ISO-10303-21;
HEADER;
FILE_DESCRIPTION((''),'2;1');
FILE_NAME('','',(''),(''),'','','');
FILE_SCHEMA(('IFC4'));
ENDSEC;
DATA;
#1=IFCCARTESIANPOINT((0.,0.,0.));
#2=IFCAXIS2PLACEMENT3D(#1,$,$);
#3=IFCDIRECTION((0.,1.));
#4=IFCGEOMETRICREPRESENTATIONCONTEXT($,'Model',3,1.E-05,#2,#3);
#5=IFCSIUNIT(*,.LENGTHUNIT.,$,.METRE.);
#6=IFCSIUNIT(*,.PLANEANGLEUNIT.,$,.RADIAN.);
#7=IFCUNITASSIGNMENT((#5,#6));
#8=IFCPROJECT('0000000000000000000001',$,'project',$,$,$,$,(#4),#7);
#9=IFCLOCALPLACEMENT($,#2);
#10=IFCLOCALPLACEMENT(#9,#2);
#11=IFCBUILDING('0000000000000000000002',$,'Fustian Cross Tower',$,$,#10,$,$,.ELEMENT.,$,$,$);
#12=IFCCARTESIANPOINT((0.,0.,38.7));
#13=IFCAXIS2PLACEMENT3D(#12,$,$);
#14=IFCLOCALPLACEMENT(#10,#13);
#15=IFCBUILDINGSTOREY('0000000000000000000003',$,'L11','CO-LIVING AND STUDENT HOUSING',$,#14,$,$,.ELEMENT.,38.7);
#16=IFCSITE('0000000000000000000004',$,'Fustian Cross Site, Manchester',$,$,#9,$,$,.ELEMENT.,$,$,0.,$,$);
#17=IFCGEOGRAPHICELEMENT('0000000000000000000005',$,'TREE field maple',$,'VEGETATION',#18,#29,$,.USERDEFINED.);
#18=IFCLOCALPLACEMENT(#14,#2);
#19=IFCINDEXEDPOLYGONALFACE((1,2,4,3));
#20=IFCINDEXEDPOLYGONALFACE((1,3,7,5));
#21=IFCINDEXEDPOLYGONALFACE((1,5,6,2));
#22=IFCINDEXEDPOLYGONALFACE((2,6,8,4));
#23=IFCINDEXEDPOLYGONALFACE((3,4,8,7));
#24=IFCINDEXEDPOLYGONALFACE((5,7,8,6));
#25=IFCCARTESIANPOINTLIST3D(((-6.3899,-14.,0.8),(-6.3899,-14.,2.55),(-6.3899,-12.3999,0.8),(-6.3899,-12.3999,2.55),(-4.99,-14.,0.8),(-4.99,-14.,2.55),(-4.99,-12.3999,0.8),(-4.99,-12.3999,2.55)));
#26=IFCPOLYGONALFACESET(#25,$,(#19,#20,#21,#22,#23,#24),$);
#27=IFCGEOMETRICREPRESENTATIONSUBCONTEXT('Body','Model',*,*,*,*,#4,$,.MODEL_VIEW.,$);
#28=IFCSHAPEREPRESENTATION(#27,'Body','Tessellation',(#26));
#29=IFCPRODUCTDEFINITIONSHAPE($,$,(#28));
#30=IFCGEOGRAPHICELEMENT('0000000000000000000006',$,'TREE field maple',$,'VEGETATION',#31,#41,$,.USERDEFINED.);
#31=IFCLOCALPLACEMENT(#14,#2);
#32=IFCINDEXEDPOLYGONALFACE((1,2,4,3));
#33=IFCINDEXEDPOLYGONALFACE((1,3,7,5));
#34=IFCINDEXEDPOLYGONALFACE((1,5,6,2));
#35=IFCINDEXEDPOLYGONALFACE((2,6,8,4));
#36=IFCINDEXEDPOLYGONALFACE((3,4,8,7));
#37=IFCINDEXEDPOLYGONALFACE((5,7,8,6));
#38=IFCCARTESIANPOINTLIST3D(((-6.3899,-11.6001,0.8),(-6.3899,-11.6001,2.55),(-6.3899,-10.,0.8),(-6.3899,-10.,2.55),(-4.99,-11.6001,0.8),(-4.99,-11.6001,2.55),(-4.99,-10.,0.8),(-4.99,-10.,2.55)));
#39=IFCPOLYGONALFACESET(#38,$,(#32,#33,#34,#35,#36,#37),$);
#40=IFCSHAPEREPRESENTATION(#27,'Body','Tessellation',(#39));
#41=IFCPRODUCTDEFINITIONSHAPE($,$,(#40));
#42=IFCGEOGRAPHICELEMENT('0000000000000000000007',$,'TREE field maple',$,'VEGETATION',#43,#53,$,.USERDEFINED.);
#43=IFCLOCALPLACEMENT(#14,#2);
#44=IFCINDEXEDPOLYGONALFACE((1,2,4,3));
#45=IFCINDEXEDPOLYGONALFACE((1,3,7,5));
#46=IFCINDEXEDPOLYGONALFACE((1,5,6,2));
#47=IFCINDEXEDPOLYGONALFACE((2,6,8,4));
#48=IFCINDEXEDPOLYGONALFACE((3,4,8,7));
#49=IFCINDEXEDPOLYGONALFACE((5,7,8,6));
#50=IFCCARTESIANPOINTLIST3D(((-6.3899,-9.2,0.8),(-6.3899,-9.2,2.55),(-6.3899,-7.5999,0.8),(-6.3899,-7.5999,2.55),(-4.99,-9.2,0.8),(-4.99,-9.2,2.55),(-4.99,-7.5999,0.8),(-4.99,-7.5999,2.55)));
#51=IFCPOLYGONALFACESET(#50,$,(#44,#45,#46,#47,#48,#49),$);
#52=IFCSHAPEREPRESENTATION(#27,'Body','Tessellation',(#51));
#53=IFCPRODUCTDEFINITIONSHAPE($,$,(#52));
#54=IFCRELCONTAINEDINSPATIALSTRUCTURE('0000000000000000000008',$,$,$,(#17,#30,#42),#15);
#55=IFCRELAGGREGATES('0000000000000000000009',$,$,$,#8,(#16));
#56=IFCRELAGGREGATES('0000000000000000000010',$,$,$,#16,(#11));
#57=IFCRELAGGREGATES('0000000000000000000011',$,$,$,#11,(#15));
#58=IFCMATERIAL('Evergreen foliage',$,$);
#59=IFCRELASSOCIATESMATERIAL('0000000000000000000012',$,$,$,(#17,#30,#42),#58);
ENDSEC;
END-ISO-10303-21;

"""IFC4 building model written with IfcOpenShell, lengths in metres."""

from ifc_helpers import new_model, si_unit, direction, frame, origin, origin_2d, place, context, subcontext, project, spatial, rectangle, extrude, material, element, save


model = new_model("IFC4")

# Units and contexts
model_context = context("Model", 3, precision=1e-05, world=origin(), true_north=direction((0.0, 1.0)))
body_context = subcontext(model_context, "Body", "Model", "MODEL_VIEW")
ifc_project = project(units=[si_unit("LENGTHUNIT", "METRE"), si_unit("PLANEANGLEUNIT", "RADIAN")], contexts=[model_context])

# Site, building, storey
site_placement = place(None, origin())
site = spatial("IfcSite", under=ifc_project, at=site_placement, Name="Fustian Cross Site, Manchester", CompositionType="ELEMENT", RefElevation=0.0)
building_placement = place(site_placement, origin())
building = spatial("IfcBuilding", under=site, at=building_placement, Name="Fustian Cross Tower", CompositionType="ELEMENT")
storey_placement = place(building_placement, frame((0.0, 0.0, 38.7)))
storey = spatial("IfcBuildingStorey", under=building, at=storey_placement, Name="L11", Description="CO-LIVING AND STUDENT HOUSING", CompositionType="ELEMENT", Elevation=38.7)

# Geographic elements
ifc_material_1 = material(Name="Evergreen foliage")
for number, where, z_axis, x_axis, name in (
    (1, (-5.6899, -13.2, 0.8), (0.0, 0.0, 1.0), (1.0, 0.0, 0.0), "TREE field maple"),
    (2, (-5.6899, -10.8, 0.8), (0.0, 0.0, 1.0), (1.0, 0.0, 0.0), "TREE field maple"),
    (3, (-5.6899, -8.3999, 0.8), (0.0, 0.0, 1.0), (1.0, 0.0, 0.0), "TREE field maple"),
):
    element("IfcGeographicElement", number, at=place(storey_placement, frame(where, z_axis=z_axis, x_axis=x_axis)), inside=storey, material=ifc_material_1, Name=name, ObjectType="VEGETATION", PredefinedType="USERDEFINED", context=body_context, shape_type="SweptSolid", body=[
        extrude(rectangle(XDim=1.3999, YDim=1.6001, at=origin_2d()), origin(), (0.0, 0.0, 1.0), 1.75),
    ])

save(model, "model.ifc")
